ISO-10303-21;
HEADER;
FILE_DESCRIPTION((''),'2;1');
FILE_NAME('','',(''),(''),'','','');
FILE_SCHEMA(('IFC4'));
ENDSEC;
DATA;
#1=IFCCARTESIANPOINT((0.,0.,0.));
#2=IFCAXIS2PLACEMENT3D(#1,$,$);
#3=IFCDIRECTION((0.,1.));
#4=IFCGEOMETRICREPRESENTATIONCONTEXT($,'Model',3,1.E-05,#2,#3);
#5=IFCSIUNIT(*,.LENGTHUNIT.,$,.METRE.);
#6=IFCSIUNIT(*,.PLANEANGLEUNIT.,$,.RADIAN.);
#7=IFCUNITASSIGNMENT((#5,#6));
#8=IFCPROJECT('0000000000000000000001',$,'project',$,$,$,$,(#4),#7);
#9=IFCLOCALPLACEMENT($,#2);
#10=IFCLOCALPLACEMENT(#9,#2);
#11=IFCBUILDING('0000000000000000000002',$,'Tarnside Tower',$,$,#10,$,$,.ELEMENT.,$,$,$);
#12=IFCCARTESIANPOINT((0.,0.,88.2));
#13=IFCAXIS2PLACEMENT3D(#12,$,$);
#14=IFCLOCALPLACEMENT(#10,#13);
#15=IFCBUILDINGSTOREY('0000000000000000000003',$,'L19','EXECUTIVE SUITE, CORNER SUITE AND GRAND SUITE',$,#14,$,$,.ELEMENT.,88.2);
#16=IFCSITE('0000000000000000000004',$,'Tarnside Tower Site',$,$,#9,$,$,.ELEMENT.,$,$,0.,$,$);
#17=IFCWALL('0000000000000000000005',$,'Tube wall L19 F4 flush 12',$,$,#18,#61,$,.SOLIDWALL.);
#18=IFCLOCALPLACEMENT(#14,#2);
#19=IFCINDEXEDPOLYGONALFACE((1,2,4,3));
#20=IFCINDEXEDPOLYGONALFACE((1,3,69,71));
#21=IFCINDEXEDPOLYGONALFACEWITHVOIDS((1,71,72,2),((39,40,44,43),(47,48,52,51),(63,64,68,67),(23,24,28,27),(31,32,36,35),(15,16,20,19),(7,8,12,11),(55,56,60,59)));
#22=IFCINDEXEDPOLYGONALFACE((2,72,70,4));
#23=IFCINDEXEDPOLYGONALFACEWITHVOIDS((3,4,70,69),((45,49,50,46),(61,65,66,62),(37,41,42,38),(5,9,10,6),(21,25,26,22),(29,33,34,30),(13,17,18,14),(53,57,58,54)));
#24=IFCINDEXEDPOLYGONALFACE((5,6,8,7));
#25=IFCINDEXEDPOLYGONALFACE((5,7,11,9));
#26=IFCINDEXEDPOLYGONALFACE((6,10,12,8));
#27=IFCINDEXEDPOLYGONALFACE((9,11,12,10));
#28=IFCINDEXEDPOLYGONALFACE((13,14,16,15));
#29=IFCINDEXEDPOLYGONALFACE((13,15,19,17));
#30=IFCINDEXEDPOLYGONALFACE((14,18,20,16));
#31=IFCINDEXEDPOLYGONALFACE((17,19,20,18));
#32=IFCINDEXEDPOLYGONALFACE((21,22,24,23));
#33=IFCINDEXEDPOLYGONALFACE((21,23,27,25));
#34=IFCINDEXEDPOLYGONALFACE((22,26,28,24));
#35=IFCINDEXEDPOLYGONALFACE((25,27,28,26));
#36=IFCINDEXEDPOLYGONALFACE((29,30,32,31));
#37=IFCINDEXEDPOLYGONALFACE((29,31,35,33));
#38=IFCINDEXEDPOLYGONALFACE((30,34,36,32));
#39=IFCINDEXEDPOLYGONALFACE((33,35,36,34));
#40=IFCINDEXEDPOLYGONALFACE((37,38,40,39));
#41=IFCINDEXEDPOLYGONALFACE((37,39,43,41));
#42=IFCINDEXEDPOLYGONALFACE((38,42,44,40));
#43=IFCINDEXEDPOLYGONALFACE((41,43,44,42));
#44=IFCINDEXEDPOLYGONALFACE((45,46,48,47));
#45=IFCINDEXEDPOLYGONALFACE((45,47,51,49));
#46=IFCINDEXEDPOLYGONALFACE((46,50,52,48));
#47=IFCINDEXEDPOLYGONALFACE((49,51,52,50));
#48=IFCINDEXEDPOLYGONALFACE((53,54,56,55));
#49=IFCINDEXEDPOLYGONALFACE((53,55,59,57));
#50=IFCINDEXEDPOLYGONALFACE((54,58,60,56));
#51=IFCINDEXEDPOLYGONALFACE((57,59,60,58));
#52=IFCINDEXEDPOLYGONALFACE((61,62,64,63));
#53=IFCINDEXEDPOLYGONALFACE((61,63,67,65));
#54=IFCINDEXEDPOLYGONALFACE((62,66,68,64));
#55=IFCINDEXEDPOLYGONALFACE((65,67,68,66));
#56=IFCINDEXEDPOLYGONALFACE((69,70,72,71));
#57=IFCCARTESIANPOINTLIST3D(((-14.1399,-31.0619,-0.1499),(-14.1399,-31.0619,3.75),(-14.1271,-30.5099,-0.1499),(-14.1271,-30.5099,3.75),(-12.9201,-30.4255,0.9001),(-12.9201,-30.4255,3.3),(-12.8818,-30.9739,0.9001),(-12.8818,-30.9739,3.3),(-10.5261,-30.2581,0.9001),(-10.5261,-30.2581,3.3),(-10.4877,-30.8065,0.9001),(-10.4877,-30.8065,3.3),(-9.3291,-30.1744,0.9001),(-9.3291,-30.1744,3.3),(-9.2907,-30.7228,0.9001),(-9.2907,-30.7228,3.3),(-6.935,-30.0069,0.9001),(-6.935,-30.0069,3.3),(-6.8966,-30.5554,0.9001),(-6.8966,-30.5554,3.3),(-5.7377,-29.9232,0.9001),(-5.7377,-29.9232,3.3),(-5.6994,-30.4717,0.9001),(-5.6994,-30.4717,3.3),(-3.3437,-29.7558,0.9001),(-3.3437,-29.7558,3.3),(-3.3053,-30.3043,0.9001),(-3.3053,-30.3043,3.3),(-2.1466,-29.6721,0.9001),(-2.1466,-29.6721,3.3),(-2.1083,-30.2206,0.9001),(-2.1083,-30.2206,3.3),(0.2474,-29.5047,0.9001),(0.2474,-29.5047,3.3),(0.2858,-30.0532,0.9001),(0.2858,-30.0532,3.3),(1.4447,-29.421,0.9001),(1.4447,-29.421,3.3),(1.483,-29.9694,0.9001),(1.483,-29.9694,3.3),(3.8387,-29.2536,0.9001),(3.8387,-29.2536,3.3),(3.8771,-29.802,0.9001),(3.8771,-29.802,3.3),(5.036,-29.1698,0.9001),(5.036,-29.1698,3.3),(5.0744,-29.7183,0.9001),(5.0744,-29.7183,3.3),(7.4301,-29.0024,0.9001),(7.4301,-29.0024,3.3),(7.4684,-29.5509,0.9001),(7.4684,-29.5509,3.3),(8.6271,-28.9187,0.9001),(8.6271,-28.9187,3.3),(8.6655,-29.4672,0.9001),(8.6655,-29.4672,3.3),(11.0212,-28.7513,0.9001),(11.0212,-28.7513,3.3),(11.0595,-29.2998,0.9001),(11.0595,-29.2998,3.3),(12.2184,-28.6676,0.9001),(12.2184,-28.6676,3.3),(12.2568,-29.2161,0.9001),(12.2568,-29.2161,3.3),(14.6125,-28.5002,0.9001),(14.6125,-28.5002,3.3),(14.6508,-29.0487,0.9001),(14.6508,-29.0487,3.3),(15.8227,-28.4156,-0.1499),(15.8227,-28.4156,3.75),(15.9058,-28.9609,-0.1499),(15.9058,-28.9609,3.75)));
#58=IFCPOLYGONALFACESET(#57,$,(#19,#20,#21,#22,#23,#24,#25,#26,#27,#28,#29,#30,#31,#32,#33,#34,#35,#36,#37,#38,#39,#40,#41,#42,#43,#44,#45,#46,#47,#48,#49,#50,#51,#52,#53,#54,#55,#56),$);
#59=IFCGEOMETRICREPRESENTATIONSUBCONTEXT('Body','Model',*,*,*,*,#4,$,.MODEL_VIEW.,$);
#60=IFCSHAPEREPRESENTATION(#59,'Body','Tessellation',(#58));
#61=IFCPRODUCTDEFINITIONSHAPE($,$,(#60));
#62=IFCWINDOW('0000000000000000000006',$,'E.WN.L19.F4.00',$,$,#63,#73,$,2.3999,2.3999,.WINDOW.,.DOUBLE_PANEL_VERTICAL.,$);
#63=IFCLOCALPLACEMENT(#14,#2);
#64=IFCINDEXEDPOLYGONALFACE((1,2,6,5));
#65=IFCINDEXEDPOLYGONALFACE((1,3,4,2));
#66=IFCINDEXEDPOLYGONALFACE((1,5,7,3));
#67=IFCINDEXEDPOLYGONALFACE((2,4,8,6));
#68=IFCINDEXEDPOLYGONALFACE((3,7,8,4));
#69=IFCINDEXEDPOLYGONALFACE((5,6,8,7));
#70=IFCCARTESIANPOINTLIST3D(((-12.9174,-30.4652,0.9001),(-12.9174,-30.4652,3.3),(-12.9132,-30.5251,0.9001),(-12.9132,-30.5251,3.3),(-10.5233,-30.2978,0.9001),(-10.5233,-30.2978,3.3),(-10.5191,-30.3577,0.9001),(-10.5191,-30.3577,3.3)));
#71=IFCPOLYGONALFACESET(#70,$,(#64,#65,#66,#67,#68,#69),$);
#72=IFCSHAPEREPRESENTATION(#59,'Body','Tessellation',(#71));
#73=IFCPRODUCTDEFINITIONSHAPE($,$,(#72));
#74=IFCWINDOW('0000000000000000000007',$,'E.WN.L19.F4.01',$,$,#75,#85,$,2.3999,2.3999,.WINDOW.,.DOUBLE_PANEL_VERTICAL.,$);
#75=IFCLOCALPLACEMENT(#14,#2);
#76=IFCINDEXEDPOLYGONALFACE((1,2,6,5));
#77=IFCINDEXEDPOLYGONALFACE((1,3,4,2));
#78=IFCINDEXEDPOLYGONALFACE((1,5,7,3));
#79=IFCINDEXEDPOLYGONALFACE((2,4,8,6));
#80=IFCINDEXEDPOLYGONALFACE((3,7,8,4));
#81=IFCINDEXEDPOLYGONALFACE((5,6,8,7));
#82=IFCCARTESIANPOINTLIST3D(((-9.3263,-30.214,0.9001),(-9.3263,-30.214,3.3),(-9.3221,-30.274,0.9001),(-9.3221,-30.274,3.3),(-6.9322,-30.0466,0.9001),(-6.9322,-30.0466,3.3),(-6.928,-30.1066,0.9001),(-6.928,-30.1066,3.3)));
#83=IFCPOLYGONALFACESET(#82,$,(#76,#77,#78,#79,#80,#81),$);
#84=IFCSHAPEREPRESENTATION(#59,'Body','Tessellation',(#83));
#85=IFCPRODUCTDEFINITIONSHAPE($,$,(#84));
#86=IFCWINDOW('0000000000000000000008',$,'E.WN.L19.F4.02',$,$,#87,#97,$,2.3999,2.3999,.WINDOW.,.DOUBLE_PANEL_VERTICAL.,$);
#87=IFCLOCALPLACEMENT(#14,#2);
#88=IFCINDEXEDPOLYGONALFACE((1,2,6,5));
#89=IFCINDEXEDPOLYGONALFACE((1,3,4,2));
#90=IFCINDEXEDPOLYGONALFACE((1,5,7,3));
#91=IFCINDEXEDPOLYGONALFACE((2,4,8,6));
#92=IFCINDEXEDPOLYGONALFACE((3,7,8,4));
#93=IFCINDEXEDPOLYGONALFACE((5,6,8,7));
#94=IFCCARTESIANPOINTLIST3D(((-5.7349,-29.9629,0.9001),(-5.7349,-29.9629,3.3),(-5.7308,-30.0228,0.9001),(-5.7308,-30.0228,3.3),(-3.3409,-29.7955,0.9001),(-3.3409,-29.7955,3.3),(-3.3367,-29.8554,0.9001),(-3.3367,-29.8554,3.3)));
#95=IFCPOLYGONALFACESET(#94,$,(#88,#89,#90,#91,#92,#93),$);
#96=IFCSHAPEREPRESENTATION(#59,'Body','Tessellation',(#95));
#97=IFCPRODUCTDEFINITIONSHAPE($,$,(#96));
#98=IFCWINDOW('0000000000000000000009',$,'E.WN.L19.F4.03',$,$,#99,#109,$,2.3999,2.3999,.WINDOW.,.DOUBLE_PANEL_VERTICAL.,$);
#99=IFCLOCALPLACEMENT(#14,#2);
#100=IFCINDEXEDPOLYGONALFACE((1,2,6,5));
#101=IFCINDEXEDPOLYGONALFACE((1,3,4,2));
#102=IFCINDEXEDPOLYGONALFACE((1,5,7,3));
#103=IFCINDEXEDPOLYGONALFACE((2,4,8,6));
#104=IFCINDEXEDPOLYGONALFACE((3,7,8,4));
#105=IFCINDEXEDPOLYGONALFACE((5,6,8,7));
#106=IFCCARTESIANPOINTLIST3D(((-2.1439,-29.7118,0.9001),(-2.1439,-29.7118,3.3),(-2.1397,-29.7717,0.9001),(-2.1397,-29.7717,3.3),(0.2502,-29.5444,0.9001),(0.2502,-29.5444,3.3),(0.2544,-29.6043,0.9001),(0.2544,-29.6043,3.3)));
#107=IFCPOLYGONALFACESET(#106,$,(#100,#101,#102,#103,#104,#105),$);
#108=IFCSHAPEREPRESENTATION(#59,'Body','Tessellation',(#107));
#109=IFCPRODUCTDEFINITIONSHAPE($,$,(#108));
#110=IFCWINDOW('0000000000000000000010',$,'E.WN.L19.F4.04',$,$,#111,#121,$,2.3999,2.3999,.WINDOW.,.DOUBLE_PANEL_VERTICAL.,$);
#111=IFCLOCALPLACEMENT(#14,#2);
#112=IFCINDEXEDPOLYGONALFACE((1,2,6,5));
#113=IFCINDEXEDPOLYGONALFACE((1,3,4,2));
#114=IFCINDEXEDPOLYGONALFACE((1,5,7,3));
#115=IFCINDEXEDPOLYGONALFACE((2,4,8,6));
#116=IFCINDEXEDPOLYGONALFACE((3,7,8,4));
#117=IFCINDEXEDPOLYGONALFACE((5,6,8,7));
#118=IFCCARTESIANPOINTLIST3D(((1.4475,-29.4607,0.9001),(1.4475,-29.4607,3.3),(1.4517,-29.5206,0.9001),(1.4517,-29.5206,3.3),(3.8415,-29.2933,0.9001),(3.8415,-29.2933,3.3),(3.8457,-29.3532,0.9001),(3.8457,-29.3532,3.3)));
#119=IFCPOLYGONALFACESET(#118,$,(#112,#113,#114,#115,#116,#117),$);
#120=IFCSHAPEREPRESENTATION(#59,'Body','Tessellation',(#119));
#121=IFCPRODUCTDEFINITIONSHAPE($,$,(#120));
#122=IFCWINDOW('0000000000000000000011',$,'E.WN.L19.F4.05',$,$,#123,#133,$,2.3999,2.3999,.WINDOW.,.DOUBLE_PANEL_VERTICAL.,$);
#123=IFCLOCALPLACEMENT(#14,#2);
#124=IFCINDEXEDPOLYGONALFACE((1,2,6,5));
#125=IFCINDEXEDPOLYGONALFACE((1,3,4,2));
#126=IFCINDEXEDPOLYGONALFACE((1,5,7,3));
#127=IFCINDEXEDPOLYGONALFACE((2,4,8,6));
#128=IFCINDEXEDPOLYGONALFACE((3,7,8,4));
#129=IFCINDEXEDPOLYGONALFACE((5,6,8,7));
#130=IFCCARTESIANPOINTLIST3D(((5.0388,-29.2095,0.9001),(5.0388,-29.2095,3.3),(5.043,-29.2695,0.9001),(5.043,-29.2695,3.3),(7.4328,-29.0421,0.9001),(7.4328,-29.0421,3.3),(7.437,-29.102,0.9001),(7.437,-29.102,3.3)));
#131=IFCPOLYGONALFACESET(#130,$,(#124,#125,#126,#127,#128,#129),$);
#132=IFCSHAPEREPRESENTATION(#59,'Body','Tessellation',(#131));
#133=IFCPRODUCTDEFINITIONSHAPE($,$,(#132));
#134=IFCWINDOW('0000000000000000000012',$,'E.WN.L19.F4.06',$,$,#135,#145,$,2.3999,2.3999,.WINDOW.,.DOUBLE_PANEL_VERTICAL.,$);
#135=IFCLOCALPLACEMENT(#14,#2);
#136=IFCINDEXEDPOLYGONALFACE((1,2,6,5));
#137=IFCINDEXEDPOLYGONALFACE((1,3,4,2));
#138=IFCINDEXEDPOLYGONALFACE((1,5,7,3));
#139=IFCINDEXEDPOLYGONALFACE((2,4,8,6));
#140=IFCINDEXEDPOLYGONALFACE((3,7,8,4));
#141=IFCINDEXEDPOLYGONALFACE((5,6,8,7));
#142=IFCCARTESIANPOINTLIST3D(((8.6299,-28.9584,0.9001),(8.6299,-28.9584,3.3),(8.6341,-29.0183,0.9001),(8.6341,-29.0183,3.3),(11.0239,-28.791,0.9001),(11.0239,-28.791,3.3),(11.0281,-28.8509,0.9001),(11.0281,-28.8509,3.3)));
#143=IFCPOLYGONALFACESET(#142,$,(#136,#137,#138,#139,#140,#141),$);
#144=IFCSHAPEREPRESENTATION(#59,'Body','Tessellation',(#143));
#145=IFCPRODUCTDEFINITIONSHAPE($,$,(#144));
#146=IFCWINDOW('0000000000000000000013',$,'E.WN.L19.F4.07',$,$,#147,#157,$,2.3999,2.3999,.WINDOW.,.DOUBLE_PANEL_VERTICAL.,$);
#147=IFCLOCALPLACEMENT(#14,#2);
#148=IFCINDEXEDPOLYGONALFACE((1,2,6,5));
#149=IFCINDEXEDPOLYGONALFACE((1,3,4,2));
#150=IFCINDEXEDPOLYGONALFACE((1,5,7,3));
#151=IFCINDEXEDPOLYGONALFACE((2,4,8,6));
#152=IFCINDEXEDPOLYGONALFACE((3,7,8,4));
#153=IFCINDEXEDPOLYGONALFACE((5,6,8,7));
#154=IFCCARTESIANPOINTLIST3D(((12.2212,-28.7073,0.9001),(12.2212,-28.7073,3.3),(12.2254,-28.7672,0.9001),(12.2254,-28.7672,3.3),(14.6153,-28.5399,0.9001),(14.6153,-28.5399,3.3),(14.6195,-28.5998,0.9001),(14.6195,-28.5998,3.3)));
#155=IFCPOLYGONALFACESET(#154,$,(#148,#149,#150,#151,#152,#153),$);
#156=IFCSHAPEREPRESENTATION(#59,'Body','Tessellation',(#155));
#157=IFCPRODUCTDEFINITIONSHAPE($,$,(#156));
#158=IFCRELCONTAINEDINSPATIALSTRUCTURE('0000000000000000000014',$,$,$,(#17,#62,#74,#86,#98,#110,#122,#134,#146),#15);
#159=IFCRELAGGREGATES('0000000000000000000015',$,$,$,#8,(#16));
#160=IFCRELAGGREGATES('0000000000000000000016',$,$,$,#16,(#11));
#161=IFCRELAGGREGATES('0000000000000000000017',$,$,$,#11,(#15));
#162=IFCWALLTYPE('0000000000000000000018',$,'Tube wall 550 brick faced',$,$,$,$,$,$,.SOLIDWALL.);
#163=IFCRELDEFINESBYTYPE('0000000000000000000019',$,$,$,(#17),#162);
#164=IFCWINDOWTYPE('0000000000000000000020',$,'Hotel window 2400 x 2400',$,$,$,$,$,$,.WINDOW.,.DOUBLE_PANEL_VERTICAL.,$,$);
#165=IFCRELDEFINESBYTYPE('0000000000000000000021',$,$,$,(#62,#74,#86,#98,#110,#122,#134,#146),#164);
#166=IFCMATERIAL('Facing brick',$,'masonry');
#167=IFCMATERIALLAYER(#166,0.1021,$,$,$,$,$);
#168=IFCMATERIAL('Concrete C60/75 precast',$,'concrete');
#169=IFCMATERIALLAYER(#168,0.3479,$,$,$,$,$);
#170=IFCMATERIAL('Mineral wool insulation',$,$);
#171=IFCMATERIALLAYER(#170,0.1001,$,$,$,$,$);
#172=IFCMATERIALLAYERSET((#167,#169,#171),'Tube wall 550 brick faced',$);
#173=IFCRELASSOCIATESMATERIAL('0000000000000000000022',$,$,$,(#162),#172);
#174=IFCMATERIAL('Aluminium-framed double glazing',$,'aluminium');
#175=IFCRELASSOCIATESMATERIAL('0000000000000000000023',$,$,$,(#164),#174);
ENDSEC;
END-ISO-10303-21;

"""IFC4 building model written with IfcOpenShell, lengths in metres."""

from ifc_helpers import new_model, si_unit, direction, frame, frame_2d, origin, place, context, subcontext, project, spatial, polyline, rectangle, outline, extrude, material, layer, layer_set, type_object, element, fill, save


model = new_model("IFC4")

# Units and contexts
model_context = context("Model", 3, precision=1e-05, world=origin(), true_north=direction((0.0, 1.0)))
body_context = subcontext(model_context, "Body", "Model", "MODEL_VIEW")
ifc_project = project(units=[si_unit("LENGTHUNIT", "METRE"), si_unit("PLANEANGLEUNIT", "RADIAN")], contexts=[model_context])

# Site, building, storey
site_placement = place(None, origin())
site = spatial("IfcSite", under=ifc_project, at=site_placement, Name="Tarnside Tower Site", CompositionType="ELEMENT", RefElevation=0.0)
building_placement = place(site_placement, origin())
building = spatial("IfcBuilding", under=site, at=building_placement, Name="Tarnside Tower", CompositionType="ELEMENT")
storey_placement = place(building_placement, frame((0.0, 0.0, 88.2)))
storey = spatial("IfcBuildingStorey", under=building, at=storey_placement, Name="L19", Description="EXECUTIVE SUITE, CORNER SUITE AND GRAND SUITE", CompositionType="ELEMENT", Elevation=88.2)

# Wall, openings, windows
ifc_material_1 = material(Name="Facing brick", Category="masonry")
ifc_layer_1 = layer(ifc_material_1, 0.1021)
ifc_material_2 = material(Name="Concrete C60/75 precast", Category="concrete")
ifc_layer_2 = layer(ifc_material_2, 0.3479)
ifc_material_3 = material(Name="Mineral wool insulation")
ifc_layer_3 = layer(ifc_material_3, 0.1001)
ifc_layer_set_1 = layer_set([ifc_layer_1, ifc_layer_2, ifc_layer_3], Name="Tube wall 550 brick faced")
wall_type_1 = type_object("IfcWallType", Name="Tube wall 550 brick faced", PredefinedType="SOLIDWALL", material=ifc_layer_set_1)
wall_1_placement = place(storey_placement, frame((-14.1335, -30.7859, -0.1499), z_axis=(0.0, 0.0, 1.0), x_axis=(0.997564, 0.069757, 0.0)))
wall_1 = element("IfcWall", 1, at=wall_1_placement, inside=storey, type_object=wall_type_1, Name="Tube wall L19 F4 flush 12", PredefinedType="SOLIDWALL", context=body_context, shape_type="SweptSolid", body=[
    extrude(outline(polyline([(-0.0256, -0.2749), (30.0935, -0.2749), (30.0486, 0.2749), (0.0256, 0.2749), (-0.0256, -0.2749)])), origin(), (0.0, 0.0, 1.0), 3.8999),
])
opening_1_placement = place(wall_1_placement, frame((1.2356, 0.0, 1.05)))
opening_1 = element("IfcOpeningElement", 2, at=opening_1_placement, cuts=wall_1, PredefinedType="OPENING", context=body_context, shape_type="SweptSolid", body=[
    extrude(rectangle(XDim=2.3999, YDim=2.3999, at=frame_2d((1.2, 1.2))), frame((0.0, 0.2852, 0.0), z_axis=(0.0, -1.0, 0.0), x_axis=(1.0, 0.0, 0.0)), (0.0, 0.0, 1.0), 0.5701),
])
opening_2_placement = place(wall_1_placement, frame((4.8354, 0.0, 1.05)))
opening_2 = element("IfcOpeningElement", 3, at=opening_2_placement, cuts=wall_1, PredefinedType="OPENING", context=body_context, shape_type="SweptSolid", body=[
    extrude(rectangle(XDim=2.3999, YDim=2.3999, at=frame_2d((1.2, 1.2))), frame((0.0, 0.2852, 0.0), z_axis=(0.0, -1.0, 0.0), x_axis=(1.0, 0.0, 0.0)), (0.0, 0.0, 1.0), 0.5701),
])
opening_3_placement = place(wall_1_placement, frame((8.4355, 0.0, 1.05)))
opening_3 = element("IfcOpeningElement", 4, at=opening_3_placement, cuts=wall_1, PredefinedType="OPENING", context=body_context, shape_type="SweptSolid", body=[
    extrude(rectangle(XDim=2.3999, YDim=2.3999, at=frame_2d((1.2, 1.2))), frame((0.0, 0.2852, 0.0), z_axis=(0.0, -1.0, 0.0), x_axis=(1.0, 0.0, 0.0)), (0.0, 0.0, 1.0), 0.5701),
])
opening_4_placement = place(wall_1_placement, frame((12.0354, 0.0, 1.05)))
opening_4 = element("IfcOpeningElement", 5, at=opening_4_placement, cuts=wall_1, PredefinedType="OPENING", context=body_context, shape_type="SweptSolid", body=[
    extrude(rectangle(XDim=2.3999, YDim=2.3999, at=frame_2d((1.2, 1.2))), frame((0.0, 0.2852, 0.0), z_axis=(0.0, -1.0, 0.0), x_axis=(1.0, 0.0, 0.0)), (0.0, 0.0, 1.0), 0.5701),
])
opening_5_placement = place(wall_1_placement, frame((15.6355, 0.0, 1.05)))
opening_5 = element("IfcOpeningElement", 6, at=opening_5_placement, cuts=wall_1, PredefinedType="OPENING", context=body_context, shape_type="SweptSolid", body=[
    extrude(rectangle(XDim=2.3999, YDim=2.3999, at=frame_2d((1.2, 1.2))), frame((0.0, 0.2852, 0.0), z_axis=(0.0, -1.0, 0.0), x_axis=(1.0, 0.0, 0.0)), (0.0, 0.0, 1.0), 0.5701),
])
opening_6_placement = place(wall_1_placement, frame((19.2356, 0.0, 1.05)))
opening_6 = element("IfcOpeningElement", 7, at=opening_6_placement, cuts=wall_1, PredefinedType="OPENING", context=body_context, shape_type="SweptSolid", body=[
    extrude(rectangle(XDim=2.3999, YDim=2.3999, at=frame_2d((1.2, 1.2))), frame((0.0, 0.2852, 0.0), z_axis=(0.0, -1.0, 0.0), x_axis=(1.0, 0.0, 0.0)), (0.0, 0.0, 1.0), 0.5701),
])
opening_7_placement = place(wall_1_placement, frame((22.8354, 0.0, 1.05)))
opening_7 = element("IfcOpeningElement", 8, at=opening_7_placement, cuts=wall_1, PredefinedType="OPENING", context=body_context, shape_type="SweptSolid", body=[
    extrude(rectangle(XDim=2.3999, YDim=2.3999, at=frame_2d((1.2, 1.2))), frame((0.0, 0.2852, 0.0), z_axis=(0.0, -1.0, 0.0), x_axis=(1.0, 0.0, 0.0)), (0.0, 0.0, 1.0), 0.5701),
])
opening_8_placement = place(wall_1_placement, frame((26.4355, 0.0, 1.05)))
opening_8 = element("IfcOpeningElement", 9, at=opening_8_placement, cuts=wall_1, PredefinedType="OPENING", context=body_context, shape_type="SweptSolid", body=[
    extrude(rectangle(XDim=2.3999, YDim=2.3999, at=frame_2d((1.2, 1.2))), frame((0.0, 0.2852, 0.0), z_axis=(0.0, -1.0, 0.0), x_axis=(1.0, 0.0, 0.0)), (0.0, 0.0, 1.0), 0.5701),
])
ifc_material_4 = material(Name="Aluminium-framed double glazing", Category="aluminium")
window_type = type_object("IfcWindowType", Name="Hotel window 2400 x 2400", PartitioningType="DOUBLE_PANEL_VERTICAL", PredefinedType="WINDOW", material=ifc_material_4)
window_1_placement = place(opening_1_placement, frame((0.0, 0.2051, 0.0)))
window_1 = element("IfcWindow", 10, at=window_1_placement, inside=storey, type_object=window_type, Name="E.WN.L19.F4.00", OverallHeight=2.3999, OverallWidth=2.3999, PartitioningType="DOUBLE_PANEL_VERTICAL", PredefinedType="WINDOW", context=body_context, shape_type="SweptSolid", body=[
    extrude(rectangle(XDim=2.3999, YDim=2.3999, at=frame_2d((1.2, 1.2))), frame((0.0, 0.03, 0.0), z_axis=(0.0, -1.0, 0.0), x_axis=(1.0, 0.0, 0.0)), (0.0, 0.0, 1.0), 0.0601),
])
fill(opening_1, window_1)
window_2_placement = place(opening_2_placement, frame((0.0, 0.2051, 0.0)))
window_2 = element("IfcWindow", 11, at=window_2_placement, inside=storey, type_object=window_type, Name="E.WN.L19.F4.01", OverallHeight=2.3999, OverallWidth=2.3999, PartitioningType="DOUBLE_PANEL_VERTICAL", PredefinedType="WINDOW", context=body_context, shape_type="SweptSolid", body=[
    extrude(rectangle(XDim=2.3999, YDim=2.3999, at=frame_2d((1.2, 1.2))), frame((0.0, 0.03, 0.0), z_axis=(0.0, -1.0, 0.0), x_axis=(1.0, 0.0, 0.0)), (0.0, 0.0, 1.0), 0.0601),
])
fill(opening_2, window_2)
window_3_placement = place(opening_3_placement, frame((0.0, 0.2051, 0.0)))
window_3 = element("IfcWindow", 12, at=window_3_placement, inside=storey, type_object=window_type, Name="E.WN.L19.F4.02", OverallHeight=2.3999, OverallWidth=2.3999, PartitioningType="DOUBLE_PANEL_VERTICAL", PredefinedType="WINDOW", context=body_context, shape_type="SweptSolid", body=[
    extrude(rectangle(XDim=2.3999, YDim=2.3999, at=frame_2d((1.2, 1.2))), frame((0.0, 0.03, 0.0), z_axis=(0.0, -1.0, 0.0), x_axis=(1.0, 0.0, 0.0)), (0.0, 0.0, 1.0), 0.0601),
])
fill(opening_3, window_3)
window_4_placement = place(opening_4_placement, frame((0.0, 0.2051, 0.0)))
window_4 = element("IfcWindow", 13, at=window_4_placement, inside=storey, type_object=window_type, Name="E.WN.L19.F4.03", OverallHeight=2.3999, OverallWidth=2.3999, PartitioningType="DOUBLE_PANEL_VERTICAL", PredefinedType="WINDOW", context=body_context, shape_type="SweptSolid", body=[
    extrude(rectangle(XDim=2.3999, YDim=2.3999, at=frame_2d((1.2, 1.2))), frame((0.0, 0.03, 0.0), z_axis=(0.0, -1.0, 0.0), x_axis=(1.0, 0.0, 0.0)), (0.0, 0.0, 1.0), 0.0601),
])
fill(opening_4, window_4)
window_5_placement = place(opening_5_placement, frame((0.0, 0.2051, 0.0)))
window_5 = element("IfcWindow", 14, at=window_5_placement, inside=storey, type_object=window_type, Name="E.WN.L19.F4.04", OverallHeight=2.3999, OverallWidth=2.3999, PartitioningType="DOUBLE_PANEL_VERTICAL", PredefinedType="WINDOW", context=body_context, shape_type="SweptSolid", body=[
    extrude(rectangle(XDim=2.3999, YDim=2.3999, at=frame_2d((1.2, 1.2))), frame((0.0, 0.03, 0.0), z_axis=(0.0, -1.0, 0.0), x_axis=(1.0, 0.0, 0.0)), (0.0, 0.0, 1.0), 0.0601),
])
fill(opening_5, window_5)
window_6_placement = place(opening_6_placement, frame((0.0, 0.2051, 0.0)))
window_6 = element("IfcWindow", 15, at=window_6_placement, inside=storey, type_object=window_type, Name="E.WN.L19.F4.05", OverallHeight=2.3999, OverallWidth=2.3999, PartitioningType="DOUBLE_PANEL_VERTICAL", PredefinedType="WINDOW", context=body_context, shape_type="SweptSolid", body=[
    extrude(rectangle(XDim=2.3999, YDim=2.3999, at=frame_2d((1.2, 1.2))), frame((0.0, 0.03, 0.0), z_axis=(0.0, -1.0, 0.0), x_axis=(1.0, 0.0, 0.0)), (0.0, 0.0, 1.0), 0.0601),
])
fill(opening_6, window_6)
window_7_placement = place(opening_7_placement, frame((0.0, 0.2051, 0.0)))
window_7 = element("IfcWindow", 16, at=window_7_placement, inside=storey, type_object=window_type, Name="E.WN.L19.F4.06", OverallHeight=2.3999, OverallWidth=2.3999, PartitioningType="DOUBLE_PANEL_VERTICAL", PredefinedType="WINDOW", context=body_context, shape_type="SweptSolid", body=[
    extrude(rectangle(XDim=2.3999, YDim=2.3999, at=frame_2d((1.2, 1.2))), frame((0.0, 0.03, 0.0), z_axis=(0.0, -1.0, 0.0), x_axis=(1.0, 0.0, 0.0)), (0.0, 0.0, 1.0), 0.0601),
])
fill(opening_7, window_7)
window_8_placement = place(opening_8_placement, frame((0.0, 0.2051, 0.0)))
window_8 = element("IfcWindow", 17, at=window_8_placement, inside=storey, type_object=window_type, Name="E.WN.L19.F4.07", OverallHeight=2.3999, OverallWidth=2.3999, PartitioningType="DOUBLE_PANEL_VERTICAL", PredefinedType="WINDOW", context=body_context, shape_type="SweptSolid", body=[
    extrude(rectangle(XDim=2.3999, YDim=2.3999, at=frame_2d((1.2, 1.2))), frame((0.0, 0.03, 0.0), z_axis=(0.0, -1.0, 0.0), x_axis=(1.0, 0.0, 0.0)), (0.0, 0.0, 1.0), 0.0601),
])
fill(opening_8, window_8)

save(model, "model.ifc")
